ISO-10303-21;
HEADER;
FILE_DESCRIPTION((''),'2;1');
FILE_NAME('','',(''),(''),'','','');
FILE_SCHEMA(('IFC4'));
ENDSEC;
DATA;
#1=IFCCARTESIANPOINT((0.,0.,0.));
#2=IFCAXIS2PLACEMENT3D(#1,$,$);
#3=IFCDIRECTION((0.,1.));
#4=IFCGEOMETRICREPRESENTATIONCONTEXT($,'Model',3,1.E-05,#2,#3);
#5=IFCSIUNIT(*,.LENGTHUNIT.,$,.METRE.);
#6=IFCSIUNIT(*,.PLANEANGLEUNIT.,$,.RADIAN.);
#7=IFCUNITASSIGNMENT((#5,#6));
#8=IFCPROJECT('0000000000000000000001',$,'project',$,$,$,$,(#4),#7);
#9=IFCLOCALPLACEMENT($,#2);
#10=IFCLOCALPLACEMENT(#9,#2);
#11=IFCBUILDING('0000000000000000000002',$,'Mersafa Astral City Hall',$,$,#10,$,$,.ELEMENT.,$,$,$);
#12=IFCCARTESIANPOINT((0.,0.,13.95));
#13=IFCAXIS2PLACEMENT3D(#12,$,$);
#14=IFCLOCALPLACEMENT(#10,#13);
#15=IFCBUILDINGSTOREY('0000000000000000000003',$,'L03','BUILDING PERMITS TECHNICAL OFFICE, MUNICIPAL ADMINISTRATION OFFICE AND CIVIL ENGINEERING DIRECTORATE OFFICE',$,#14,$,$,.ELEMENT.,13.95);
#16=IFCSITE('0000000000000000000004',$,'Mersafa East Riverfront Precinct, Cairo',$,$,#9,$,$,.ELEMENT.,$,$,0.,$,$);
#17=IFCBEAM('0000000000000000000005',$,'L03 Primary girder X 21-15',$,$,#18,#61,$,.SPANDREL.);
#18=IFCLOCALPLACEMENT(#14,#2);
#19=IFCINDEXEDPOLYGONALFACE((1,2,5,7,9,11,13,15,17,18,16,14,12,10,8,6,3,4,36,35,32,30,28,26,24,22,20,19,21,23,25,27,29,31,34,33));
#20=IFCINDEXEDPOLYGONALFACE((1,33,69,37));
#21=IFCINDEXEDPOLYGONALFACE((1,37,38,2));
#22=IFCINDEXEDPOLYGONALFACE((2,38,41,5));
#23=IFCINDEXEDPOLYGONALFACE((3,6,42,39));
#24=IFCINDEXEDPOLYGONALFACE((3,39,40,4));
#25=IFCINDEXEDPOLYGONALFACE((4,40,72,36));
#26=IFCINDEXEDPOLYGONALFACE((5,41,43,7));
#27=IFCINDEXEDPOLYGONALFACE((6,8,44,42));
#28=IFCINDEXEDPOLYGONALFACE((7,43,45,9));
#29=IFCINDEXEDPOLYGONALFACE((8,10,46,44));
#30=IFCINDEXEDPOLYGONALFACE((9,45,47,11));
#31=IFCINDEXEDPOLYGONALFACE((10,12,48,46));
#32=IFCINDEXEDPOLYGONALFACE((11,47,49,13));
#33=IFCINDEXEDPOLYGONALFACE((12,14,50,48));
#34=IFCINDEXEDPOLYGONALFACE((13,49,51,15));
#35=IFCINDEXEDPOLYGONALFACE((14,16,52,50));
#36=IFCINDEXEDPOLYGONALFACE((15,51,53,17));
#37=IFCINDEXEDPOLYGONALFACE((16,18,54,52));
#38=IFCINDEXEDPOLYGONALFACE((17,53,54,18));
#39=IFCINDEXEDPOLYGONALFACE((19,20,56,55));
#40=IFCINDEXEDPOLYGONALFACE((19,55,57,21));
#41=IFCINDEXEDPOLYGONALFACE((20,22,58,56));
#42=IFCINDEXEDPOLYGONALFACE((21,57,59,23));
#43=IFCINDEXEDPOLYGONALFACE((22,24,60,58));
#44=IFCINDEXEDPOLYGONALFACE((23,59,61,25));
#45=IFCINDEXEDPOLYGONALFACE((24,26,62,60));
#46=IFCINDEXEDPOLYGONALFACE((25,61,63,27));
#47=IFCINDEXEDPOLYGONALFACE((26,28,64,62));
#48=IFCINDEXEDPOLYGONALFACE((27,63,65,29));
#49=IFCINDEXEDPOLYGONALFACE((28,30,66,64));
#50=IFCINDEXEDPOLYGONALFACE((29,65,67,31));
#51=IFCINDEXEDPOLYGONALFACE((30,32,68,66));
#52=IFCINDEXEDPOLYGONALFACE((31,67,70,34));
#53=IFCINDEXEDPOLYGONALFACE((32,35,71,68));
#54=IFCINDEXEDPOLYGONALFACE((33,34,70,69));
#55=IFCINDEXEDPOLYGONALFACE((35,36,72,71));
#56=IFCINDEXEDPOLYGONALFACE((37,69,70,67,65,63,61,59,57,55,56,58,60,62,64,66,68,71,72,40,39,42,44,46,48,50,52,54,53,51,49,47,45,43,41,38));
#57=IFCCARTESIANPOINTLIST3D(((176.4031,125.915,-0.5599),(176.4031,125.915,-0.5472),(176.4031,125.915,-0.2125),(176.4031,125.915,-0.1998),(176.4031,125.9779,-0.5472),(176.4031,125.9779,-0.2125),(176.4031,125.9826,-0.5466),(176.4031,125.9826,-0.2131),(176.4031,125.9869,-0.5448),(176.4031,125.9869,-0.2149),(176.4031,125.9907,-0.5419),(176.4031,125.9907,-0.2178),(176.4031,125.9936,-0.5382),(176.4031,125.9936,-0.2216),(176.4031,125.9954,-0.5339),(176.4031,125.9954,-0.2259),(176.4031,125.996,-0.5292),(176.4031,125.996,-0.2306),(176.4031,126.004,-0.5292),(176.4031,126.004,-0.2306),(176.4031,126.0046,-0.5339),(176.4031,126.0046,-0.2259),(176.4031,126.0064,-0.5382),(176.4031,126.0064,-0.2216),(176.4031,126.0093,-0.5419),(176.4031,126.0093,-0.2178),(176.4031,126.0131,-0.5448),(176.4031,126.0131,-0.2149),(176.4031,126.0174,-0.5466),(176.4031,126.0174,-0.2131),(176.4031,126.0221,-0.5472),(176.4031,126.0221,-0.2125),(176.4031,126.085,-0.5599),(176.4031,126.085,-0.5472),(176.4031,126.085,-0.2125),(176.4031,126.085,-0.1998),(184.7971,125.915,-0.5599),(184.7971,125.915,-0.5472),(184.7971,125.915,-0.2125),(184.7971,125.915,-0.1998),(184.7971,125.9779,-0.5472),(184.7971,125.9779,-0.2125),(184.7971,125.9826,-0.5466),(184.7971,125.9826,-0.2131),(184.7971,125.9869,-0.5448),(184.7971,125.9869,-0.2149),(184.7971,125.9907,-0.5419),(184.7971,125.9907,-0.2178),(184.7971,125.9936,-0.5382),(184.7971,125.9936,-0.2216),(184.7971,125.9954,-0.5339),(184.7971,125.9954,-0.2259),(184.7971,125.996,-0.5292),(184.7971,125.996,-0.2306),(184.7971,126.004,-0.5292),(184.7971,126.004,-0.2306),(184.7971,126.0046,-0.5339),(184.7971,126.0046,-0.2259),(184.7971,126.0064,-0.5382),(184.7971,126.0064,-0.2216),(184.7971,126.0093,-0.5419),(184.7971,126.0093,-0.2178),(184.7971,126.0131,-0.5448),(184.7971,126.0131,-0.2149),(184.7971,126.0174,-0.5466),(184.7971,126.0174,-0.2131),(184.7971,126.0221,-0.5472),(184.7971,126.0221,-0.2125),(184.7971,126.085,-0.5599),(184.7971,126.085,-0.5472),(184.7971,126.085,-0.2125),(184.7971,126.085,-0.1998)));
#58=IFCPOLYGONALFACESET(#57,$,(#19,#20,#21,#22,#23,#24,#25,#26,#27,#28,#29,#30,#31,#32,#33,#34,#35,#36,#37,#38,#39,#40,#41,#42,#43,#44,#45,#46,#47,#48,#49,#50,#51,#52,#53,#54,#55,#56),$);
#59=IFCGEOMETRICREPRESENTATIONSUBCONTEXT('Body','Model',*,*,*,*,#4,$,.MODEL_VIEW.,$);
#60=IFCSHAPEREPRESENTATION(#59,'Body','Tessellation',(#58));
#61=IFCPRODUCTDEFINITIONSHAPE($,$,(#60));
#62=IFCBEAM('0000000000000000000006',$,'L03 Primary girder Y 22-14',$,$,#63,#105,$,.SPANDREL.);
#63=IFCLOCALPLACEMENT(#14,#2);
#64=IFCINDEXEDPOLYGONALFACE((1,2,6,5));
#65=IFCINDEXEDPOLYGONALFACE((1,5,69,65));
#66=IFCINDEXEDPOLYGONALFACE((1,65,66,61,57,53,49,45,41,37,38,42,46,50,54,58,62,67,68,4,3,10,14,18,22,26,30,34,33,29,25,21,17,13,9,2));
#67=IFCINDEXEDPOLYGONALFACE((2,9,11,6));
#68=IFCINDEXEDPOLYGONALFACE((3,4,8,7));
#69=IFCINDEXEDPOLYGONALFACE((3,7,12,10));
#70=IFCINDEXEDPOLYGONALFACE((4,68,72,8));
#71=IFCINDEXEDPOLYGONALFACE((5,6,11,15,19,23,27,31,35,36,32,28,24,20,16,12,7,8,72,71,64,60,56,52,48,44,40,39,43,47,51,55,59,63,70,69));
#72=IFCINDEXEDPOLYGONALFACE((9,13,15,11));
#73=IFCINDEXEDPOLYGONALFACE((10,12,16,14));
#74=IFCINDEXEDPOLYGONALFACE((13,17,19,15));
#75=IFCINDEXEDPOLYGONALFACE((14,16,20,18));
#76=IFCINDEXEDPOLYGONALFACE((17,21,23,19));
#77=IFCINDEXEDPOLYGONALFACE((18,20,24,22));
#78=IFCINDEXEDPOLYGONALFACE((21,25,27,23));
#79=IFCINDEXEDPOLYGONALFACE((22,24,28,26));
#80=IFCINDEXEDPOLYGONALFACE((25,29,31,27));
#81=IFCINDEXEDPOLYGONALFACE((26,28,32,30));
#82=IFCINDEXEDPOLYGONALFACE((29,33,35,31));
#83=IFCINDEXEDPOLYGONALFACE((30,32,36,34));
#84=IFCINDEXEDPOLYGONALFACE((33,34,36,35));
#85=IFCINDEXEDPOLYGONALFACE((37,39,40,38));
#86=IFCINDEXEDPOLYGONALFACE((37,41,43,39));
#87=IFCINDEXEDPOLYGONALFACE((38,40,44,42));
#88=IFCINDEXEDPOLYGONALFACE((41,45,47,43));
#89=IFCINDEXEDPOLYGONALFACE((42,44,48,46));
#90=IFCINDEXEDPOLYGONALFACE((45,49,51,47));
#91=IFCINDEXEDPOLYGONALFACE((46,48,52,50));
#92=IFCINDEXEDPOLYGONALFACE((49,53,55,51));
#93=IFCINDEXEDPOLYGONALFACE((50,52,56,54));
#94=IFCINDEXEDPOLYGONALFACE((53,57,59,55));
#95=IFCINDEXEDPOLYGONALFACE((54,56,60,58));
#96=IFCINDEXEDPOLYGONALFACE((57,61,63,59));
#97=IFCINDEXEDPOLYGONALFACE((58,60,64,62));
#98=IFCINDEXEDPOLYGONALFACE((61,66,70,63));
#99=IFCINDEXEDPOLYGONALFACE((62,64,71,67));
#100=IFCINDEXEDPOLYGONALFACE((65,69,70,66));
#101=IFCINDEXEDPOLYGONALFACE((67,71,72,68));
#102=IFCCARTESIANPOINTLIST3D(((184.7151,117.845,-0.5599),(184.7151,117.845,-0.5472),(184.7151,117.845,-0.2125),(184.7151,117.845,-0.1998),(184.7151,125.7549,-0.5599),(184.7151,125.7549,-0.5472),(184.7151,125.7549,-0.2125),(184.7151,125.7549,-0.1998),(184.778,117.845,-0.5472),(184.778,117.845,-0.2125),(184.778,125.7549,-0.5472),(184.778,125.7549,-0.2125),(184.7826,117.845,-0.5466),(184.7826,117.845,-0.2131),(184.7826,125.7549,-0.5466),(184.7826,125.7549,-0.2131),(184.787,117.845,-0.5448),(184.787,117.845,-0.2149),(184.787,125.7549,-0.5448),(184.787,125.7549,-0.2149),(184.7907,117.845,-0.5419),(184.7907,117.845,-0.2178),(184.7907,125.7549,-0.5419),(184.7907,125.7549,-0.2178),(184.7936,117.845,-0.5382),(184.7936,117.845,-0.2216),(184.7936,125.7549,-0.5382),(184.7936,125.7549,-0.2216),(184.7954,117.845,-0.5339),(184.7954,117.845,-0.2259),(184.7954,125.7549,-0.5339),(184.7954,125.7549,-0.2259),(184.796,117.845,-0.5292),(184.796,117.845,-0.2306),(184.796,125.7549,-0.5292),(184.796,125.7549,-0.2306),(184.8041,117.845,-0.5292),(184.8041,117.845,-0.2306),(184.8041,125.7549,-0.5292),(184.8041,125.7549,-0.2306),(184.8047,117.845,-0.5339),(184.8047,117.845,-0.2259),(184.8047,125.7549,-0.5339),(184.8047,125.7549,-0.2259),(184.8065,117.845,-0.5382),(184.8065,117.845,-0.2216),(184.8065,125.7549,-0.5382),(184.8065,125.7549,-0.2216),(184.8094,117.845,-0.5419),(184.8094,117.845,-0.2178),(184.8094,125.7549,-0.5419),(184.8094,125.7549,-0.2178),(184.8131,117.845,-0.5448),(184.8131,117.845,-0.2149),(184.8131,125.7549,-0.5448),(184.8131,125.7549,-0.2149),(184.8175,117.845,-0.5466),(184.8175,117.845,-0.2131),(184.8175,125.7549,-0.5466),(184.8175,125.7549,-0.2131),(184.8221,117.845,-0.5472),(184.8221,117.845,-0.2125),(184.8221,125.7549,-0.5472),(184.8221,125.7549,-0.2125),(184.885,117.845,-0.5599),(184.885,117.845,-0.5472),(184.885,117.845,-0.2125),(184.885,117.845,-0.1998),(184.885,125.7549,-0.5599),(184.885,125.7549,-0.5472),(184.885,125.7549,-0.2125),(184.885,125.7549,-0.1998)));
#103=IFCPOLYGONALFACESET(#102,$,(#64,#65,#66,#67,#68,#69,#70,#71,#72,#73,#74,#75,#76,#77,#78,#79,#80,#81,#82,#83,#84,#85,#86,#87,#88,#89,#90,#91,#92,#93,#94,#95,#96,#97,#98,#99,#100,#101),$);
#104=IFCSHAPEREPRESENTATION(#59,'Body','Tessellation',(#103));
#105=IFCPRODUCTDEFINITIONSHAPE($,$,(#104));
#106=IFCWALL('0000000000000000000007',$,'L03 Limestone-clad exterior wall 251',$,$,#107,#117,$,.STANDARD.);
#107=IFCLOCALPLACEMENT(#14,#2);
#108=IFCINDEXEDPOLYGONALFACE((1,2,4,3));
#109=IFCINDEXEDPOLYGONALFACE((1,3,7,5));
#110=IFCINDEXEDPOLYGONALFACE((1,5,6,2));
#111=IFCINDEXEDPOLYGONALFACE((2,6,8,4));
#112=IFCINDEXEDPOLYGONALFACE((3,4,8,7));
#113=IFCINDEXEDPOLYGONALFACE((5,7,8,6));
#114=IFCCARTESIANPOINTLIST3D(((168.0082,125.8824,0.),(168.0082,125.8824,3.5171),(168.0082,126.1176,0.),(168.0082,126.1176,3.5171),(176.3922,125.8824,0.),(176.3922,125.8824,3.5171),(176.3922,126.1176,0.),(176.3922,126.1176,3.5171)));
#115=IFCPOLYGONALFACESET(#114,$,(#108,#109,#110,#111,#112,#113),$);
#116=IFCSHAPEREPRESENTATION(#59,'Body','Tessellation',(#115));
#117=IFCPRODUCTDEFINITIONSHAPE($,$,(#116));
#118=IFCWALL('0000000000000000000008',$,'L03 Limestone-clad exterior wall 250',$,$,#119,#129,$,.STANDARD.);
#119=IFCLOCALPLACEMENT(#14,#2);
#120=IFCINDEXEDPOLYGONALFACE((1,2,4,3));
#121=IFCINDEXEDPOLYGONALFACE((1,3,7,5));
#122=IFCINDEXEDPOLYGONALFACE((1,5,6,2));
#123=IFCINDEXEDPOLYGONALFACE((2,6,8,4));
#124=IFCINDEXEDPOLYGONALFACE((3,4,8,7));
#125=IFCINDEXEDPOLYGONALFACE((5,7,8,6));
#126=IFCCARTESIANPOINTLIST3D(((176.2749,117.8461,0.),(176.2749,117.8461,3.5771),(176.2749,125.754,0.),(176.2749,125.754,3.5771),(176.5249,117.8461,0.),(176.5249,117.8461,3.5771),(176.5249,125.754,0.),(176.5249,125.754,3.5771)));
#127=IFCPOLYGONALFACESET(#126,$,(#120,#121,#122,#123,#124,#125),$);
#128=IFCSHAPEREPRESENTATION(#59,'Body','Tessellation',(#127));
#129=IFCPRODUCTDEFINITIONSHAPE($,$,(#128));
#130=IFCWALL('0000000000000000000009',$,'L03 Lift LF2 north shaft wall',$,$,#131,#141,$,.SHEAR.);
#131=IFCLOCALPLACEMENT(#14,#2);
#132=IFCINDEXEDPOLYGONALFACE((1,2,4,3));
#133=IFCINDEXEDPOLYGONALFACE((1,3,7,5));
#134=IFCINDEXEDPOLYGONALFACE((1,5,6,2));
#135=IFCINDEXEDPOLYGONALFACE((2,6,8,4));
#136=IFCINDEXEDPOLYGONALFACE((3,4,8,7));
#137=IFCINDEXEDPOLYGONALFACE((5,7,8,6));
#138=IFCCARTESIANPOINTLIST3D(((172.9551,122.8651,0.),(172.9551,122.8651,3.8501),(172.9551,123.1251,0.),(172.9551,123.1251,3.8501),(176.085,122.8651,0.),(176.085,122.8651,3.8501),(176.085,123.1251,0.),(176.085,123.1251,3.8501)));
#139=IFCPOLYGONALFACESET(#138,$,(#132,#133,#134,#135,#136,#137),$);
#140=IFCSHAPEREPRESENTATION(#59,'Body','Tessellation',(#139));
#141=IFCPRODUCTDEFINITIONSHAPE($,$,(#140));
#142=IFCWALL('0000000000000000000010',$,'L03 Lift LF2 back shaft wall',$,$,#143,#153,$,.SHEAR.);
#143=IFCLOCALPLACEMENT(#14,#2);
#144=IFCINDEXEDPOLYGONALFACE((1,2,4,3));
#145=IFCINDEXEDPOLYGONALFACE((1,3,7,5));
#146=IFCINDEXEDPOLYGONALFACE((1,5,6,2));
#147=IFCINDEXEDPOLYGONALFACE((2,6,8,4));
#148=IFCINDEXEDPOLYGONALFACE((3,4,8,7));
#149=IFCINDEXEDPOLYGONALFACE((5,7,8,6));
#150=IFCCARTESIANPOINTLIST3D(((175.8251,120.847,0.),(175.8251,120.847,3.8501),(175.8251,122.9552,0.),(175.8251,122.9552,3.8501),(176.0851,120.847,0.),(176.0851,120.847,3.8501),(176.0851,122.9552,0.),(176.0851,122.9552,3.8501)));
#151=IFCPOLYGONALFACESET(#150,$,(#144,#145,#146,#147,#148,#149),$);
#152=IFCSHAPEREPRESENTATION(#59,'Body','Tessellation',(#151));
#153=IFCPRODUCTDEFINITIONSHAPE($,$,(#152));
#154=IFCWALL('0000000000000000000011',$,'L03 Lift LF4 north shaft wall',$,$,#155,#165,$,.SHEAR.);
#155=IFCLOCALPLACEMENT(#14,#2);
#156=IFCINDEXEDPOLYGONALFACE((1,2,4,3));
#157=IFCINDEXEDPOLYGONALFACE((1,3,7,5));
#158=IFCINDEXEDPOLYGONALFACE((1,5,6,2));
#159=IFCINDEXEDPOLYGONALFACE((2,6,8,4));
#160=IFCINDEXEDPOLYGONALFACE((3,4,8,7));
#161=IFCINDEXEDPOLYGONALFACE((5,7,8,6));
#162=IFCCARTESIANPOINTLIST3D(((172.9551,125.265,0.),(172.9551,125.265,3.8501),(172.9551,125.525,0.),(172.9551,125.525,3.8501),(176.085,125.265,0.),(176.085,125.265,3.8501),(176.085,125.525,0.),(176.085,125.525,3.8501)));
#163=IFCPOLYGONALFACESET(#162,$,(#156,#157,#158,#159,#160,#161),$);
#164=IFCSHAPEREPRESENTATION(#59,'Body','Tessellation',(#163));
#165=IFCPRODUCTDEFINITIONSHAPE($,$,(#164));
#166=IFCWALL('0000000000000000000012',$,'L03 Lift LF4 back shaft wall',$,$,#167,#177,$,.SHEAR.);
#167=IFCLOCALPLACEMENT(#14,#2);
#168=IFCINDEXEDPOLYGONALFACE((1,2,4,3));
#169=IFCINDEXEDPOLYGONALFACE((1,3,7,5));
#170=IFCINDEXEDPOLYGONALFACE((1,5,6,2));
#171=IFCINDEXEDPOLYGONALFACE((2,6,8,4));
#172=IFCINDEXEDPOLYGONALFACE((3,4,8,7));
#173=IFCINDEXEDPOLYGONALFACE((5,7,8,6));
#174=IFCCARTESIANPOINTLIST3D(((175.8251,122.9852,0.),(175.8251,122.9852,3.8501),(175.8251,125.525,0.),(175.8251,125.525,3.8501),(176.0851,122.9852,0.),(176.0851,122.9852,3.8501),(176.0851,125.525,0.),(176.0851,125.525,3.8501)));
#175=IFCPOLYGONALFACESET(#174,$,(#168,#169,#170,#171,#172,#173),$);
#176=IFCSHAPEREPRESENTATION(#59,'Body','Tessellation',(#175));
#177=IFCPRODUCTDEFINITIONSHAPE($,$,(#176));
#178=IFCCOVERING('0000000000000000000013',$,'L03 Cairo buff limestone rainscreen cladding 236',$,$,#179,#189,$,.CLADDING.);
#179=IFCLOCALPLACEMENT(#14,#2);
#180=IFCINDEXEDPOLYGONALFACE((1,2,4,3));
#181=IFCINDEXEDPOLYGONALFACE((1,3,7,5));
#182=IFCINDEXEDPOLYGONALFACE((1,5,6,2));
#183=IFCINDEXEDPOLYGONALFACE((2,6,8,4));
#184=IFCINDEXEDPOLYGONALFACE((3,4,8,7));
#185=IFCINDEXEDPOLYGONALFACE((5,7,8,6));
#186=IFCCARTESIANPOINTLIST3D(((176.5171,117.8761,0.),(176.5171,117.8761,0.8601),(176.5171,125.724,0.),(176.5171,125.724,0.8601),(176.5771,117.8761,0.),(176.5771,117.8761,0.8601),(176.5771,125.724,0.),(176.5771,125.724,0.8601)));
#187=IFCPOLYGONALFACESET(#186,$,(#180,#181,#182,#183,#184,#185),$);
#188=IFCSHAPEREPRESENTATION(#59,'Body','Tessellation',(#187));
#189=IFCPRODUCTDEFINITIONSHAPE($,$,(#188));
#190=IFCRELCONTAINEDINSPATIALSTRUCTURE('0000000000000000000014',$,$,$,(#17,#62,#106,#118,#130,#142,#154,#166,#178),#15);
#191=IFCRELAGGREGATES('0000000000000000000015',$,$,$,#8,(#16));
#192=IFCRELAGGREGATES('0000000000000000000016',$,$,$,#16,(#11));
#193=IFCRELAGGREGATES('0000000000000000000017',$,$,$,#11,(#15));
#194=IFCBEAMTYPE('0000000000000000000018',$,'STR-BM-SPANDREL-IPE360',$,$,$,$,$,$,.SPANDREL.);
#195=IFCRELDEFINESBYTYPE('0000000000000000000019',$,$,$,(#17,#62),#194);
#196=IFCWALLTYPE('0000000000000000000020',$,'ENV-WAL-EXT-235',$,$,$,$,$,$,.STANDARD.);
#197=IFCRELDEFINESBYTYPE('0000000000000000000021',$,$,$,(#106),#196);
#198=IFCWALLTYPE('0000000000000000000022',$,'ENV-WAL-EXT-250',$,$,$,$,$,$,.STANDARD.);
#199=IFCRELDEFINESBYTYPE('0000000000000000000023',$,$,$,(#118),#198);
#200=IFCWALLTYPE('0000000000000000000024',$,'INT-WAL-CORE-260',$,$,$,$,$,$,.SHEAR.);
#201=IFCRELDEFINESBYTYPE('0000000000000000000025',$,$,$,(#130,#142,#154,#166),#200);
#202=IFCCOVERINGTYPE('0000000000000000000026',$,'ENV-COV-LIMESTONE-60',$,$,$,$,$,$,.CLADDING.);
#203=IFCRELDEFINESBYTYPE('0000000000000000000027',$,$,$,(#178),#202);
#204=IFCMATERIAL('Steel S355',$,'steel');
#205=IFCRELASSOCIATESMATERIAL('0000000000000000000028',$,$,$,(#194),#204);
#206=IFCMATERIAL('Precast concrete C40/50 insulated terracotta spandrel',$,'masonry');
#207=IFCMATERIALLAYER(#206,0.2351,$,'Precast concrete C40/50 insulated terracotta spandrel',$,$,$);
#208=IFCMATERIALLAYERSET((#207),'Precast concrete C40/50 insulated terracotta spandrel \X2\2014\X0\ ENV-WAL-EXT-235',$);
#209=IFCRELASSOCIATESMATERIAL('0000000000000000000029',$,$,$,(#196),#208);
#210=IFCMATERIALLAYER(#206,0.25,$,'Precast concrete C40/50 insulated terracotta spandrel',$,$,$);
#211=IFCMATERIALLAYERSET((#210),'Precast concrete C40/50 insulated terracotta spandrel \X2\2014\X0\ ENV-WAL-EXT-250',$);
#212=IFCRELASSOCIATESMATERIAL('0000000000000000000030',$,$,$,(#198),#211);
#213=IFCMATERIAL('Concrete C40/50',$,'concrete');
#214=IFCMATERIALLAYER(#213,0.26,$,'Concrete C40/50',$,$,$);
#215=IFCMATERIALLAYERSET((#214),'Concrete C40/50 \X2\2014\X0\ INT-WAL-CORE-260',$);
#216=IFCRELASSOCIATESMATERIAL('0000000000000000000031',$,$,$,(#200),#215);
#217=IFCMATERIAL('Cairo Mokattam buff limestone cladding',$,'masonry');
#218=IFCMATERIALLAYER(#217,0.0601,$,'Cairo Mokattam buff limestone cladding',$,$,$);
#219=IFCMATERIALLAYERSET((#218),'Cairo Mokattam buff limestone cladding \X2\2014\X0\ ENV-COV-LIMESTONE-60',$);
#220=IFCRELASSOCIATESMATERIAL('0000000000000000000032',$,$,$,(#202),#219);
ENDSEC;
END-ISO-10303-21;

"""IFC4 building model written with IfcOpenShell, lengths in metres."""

from ifc_helpers import new_model, si_unit, direction, frame, frame_2d, origin, origin_2d, place, context, subcontext, project, spatial, rectangle, i_section, extrude, material, layer, layer_set, material_profile, profile_set, type_object, element, save


model = new_model("IFC4")

# Units and contexts
model_context = context("Model", 3, precision=1e-05, world=origin(), true_north=direction((0.0, 1.0)))
body_context = subcontext(model_context, "Body", "Model", "MODEL_VIEW")
ifc_project = project(units=[si_unit("LENGTHUNIT", "METRE"), si_unit("PLANEANGLEUNIT", "RADIAN")], contexts=[model_context])

# Site, building, storey
site_placement = place(None, origin())
site = spatial("IfcSite", under=ifc_project, at=site_placement, Name="Mersafa East Riverfront Precinct, Cairo", CompositionType="ELEMENT", RefElevation=0.0)
building_placement = place(site_placement, origin())
building = spatial("IfcBuilding", under=site, at=building_placement, Name="Mersafa Astral City Hall", CompositionType="ELEMENT")
storey_placement = place(building_placement, frame((0.0, 0.0, 13.95)))
storey = spatial("IfcBuildingStorey", under=building, at=storey_placement, Name="L03", Description="BUILDING PERMITS TECHNICAL OFFICE, MUNICIPAL ADMINISTRATION OFFICE AND CIVIL ENGINEERING DIRECTORATE OFFICE", CompositionType="ELEMENT", Elevation=13.95)

# Shared definitions
ifc_material_1 = material(Name="Steel S355", Category="steel")

# Beams
ifc_material_profile_1 = material_profile(ifc_material_1, i_section(OverallWidth=0.1699, OverallDepth=0.3601, WebThickness=0.0081, FlangeThickness=0.0127, FilletRadius=0.0181, at=origin_2d()), Name="IPE 360")
ifc_profile_set_1 = profile_set([ifc_material_profile_1], Name="Steel S355")
beam_type_1 = type_object("IfcBeamType", Name="STR-BM-SPANDREL-IPE360", PredefinedType="SPANDREL", material=ifc_profile_set_1)
beam_1_placement = place(storey_placement, frame((176.4031, 126.0, -0.3799), z_axis=(1.0, 0.0, 0.0), x_axis=(0.0, 1.0, 0.0)))
element("IfcBeam", 1, at=beam_1_placement, inside=storey, type_object=beam_type_1, Name="L03 Primary girder X 21-15", PredefinedType="SPANDREL", context=body_context, shape_type="SweptSolid", body=[
    extrude(i_section(OverallWidth=0.1699, OverallDepth=0.3601, WebThickness=0.0081, FlangeThickness=0.0127, FilletRadius=0.0181, at=origin_2d()), origin(), (0.0, 0.0, 1.0), 8.394),
])
beam_2_placement = place(storey_placement, frame((184.8, 117.845, -0.3799), z_axis=(0.0, 1.0, 0.0), x_axis=(-1.0, 0.0, 0.0)))
element("IfcBeam", 2, at=beam_2_placement, inside=storey, type_object=beam_type_1, Name="L03 Primary girder Y 22-14", PredefinedType="SPANDREL", context=body_context, shape_type="SweptSolid", body=[
    extrude(i_section(OverallWidth=0.1699, OverallDepth=0.3601, WebThickness=0.0081, FlangeThickness=0.0127, FilletRadius=0.0181, at=origin_2d()), origin(), (0.0, 0.0, 1.0), 7.9099),
])

# Walls
ifc_material_2 = material(Name="Precast concrete C40/50 insulated terracotta spandrel", Category="masonry")
ifc_layer_1 = layer(ifc_material_2, 0.2351, Name="Precast concrete C40/50 insulated terracotta spandrel")
ifc_layer_set_1 = layer_set([ifc_layer_1], Name="Precast concrete C40/50 insulated terracotta spandrel — ENV-WAL-EXT-235")
wall_type_1 = type_object("IfcWallType", Name="ENV-WAL-EXT-235", PredefinedType="STANDARD", material=ifc_layer_set_1)
wall_1_placement = place(storey_placement, frame((176.3921, 126.0, 0.0), z_axis=(0.0, 0.0, 1.0), x_axis=(-1.0, 0.0, 0.0)))
element("IfcWall", 3, at=wall_1_placement, inside=storey, type_object=wall_type_1, Name="L03 Limestone-clad exterior wall 251", PredefinedType="STANDARD", context=body_context, shape_type="SweptSolid", body=[
    extrude(rectangle(XDim=8.384, YDim=0.2351, at=frame_2d((4.1919, 0.0))), origin(), (0.0, 0.0, 1.0), 3.5171),
])
ifc_layer_2 = layer(ifc_material_2, 0.25, Name="Precast concrete C40/50 insulated terracotta spandrel")
ifc_layer_set_2 = layer_set([ifc_layer_2], Name="Precast concrete C40/50 insulated terracotta spandrel — ENV-WAL-EXT-250")
wall_type_2 = type_object("IfcWallType", Name="ENV-WAL-EXT-250", PredefinedType="STANDARD", material=ifc_layer_set_2)
wall_2_placement = place(storey_placement, frame((176.3999, 117.8459, 0.0), z_axis=(0.0, 0.0, 1.0), x_axis=(0.0, 1.0, 0.0)))
element("IfcWall", 4, at=wall_2_placement, inside=storey, type_object=wall_type_2, Name="L03 Limestone-clad exterior wall 250", PredefinedType="STANDARD", context=body_context, shape_type="SweptSolid", body=[
    extrude(rectangle(XDim=7.908, YDim=0.25, at=frame_2d((3.9541, 0.0))), origin(), (0.0, 0.0, 1.0), 3.5771),
])
ifc_material_3 = material(Name="Concrete C40/50", Category="concrete")
ifc_layer_3 = layer(ifc_material_3, 0.26, Name="Concrete C40/50")
ifc_layer_set_3 = layer_set([ifc_layer_3], Name="Concrete C40/50 — INT-WAL-CORE-260")
wall_type_3 = type_object("IfcWallType", Name="INT-WAL-CORE-260", PredefinedType="SHEAR", material=ifc_layer_set_3)
wall_3_placement = place(storey_placement, frame((172.9551, 122.9951, 0.0), z_axis=(0.0, 0.0, 1.0), x_axis=(1.0, 0.0, 0.0)))
element("IfcWall", 5, at=wall_3_placement, inside=storey, type_object=wall_type_3, Name="L03 Lift LF2 north shaft wall", PredefinedType="SHEAR", context=body_context, shape_type="SweptSolid", body=[
    extrude(rectangle(XDim=3.1299, YDim=0.26, at=frame_2d((1.5649, 0.0))), origin(), (0.0, 0.0, 1.0), 3.8501),
])
wall_4_placement = place(storey_placement, frame((175.9551, 120.8469, 0.0), z_axis=(0.0, 0.0, 1.0), x_axis=(0.0, 1.0, 0.0)))
element("IfcWall", 6, at=wall_4_placement, inside=storey, type_object=wall_type_3, Name="L03 Lift LF2 back shaft wall", PredefinedType="SHEAR", context=body_context, shape_type="SweptSolid", body=[
    extrude(rectangle(XDim=2.1082, YDim=0.26, at=frame_2d((1.0542, 0.0))), origin(), (0.0, 0.0, 1.0), 3.8501),
])

# Walls
wall_5_placement = place(storey_placement, frame((172.9551, 125.395, 0.0), z_axis=(0.0, 0.0, 1.0), x_axis=(1.0, 0.0, 0.0)))
element("IfcWall", 7, at=wall_5_placement, inside=storey, type_object=wall_type_3, Name="L03 Lift LF4 north shaft wall", PredefinedType="SHEAR", context=body_context, shape_type="SweptSolid", body=[
    extrude(rectangle(XDim=3.1299, YDim=0.26, at=frame_2d((1.5649, 0.0))), origin(), (0.0, 0.0, 1.0), 3.8501),
])
wall_6_placement = place(storey_placement, frame((175.9551, 122.9851, 0.0), z_axis=(0.0, 0.0, 1.0), x_axis=(0.0, 1.0, 0.0)))
element("IfcWall", 8, at=wall_6_placement, inside=storey, type_object=wall_type_3, Name="L03 Lift LF4 back shaft wall", PredefinedType="SHEAR", context=body_context, shape_type="SweptSolid", body=[
    extrude(rectangle(XDim=2.5398, YDim=0.26, at=frame_2d((1.27, 0.0))), origin(), (0.0, 0.0, 1.0), 3.8501),
])

# Covering
ifc_material_4 = material(Name="Cairo Mokattam buff limestone cladding", Category="masonry")
ifc_layer_4 = layer(ifc_material_4, 0.0601, Name="Cairo Mokattam buff limestone cladding")
ifc_layer_set_4 = layer_set([ifc_layer_4], Name="Cairo Mokattam buff limestone cladding — ENV-COV-LIMESTONE-60")
covering_type = type_object("IfcCoveringType", Name="ENV-COV-LIMESTONE-60", PredefinedType="CLADDING", material=ifc_layer_set_4)
covering_placement = place(storey_placement, frame((176.5471, 121.8, 0.0), z_axis=(0.0, 0.0, 1.0), x_axis=(0.0, 1.0, 0.0)))
element("IfcCovering", 9, at=covering_placement, inside=storey, type_object=covering_type, Name="L03 Cairo buff limestone rainscreen cladding 236", PredefinedType="CLADDING", context=body_context, shape_type="SweptSolid", body=[
    extrude(rectangle(XDim=7.8479, YDim=0.0601, at=origin_2d()), origin(), (0.0, 0.0, 1.0), 0.8601),
])

save(model, "model.ifc")
